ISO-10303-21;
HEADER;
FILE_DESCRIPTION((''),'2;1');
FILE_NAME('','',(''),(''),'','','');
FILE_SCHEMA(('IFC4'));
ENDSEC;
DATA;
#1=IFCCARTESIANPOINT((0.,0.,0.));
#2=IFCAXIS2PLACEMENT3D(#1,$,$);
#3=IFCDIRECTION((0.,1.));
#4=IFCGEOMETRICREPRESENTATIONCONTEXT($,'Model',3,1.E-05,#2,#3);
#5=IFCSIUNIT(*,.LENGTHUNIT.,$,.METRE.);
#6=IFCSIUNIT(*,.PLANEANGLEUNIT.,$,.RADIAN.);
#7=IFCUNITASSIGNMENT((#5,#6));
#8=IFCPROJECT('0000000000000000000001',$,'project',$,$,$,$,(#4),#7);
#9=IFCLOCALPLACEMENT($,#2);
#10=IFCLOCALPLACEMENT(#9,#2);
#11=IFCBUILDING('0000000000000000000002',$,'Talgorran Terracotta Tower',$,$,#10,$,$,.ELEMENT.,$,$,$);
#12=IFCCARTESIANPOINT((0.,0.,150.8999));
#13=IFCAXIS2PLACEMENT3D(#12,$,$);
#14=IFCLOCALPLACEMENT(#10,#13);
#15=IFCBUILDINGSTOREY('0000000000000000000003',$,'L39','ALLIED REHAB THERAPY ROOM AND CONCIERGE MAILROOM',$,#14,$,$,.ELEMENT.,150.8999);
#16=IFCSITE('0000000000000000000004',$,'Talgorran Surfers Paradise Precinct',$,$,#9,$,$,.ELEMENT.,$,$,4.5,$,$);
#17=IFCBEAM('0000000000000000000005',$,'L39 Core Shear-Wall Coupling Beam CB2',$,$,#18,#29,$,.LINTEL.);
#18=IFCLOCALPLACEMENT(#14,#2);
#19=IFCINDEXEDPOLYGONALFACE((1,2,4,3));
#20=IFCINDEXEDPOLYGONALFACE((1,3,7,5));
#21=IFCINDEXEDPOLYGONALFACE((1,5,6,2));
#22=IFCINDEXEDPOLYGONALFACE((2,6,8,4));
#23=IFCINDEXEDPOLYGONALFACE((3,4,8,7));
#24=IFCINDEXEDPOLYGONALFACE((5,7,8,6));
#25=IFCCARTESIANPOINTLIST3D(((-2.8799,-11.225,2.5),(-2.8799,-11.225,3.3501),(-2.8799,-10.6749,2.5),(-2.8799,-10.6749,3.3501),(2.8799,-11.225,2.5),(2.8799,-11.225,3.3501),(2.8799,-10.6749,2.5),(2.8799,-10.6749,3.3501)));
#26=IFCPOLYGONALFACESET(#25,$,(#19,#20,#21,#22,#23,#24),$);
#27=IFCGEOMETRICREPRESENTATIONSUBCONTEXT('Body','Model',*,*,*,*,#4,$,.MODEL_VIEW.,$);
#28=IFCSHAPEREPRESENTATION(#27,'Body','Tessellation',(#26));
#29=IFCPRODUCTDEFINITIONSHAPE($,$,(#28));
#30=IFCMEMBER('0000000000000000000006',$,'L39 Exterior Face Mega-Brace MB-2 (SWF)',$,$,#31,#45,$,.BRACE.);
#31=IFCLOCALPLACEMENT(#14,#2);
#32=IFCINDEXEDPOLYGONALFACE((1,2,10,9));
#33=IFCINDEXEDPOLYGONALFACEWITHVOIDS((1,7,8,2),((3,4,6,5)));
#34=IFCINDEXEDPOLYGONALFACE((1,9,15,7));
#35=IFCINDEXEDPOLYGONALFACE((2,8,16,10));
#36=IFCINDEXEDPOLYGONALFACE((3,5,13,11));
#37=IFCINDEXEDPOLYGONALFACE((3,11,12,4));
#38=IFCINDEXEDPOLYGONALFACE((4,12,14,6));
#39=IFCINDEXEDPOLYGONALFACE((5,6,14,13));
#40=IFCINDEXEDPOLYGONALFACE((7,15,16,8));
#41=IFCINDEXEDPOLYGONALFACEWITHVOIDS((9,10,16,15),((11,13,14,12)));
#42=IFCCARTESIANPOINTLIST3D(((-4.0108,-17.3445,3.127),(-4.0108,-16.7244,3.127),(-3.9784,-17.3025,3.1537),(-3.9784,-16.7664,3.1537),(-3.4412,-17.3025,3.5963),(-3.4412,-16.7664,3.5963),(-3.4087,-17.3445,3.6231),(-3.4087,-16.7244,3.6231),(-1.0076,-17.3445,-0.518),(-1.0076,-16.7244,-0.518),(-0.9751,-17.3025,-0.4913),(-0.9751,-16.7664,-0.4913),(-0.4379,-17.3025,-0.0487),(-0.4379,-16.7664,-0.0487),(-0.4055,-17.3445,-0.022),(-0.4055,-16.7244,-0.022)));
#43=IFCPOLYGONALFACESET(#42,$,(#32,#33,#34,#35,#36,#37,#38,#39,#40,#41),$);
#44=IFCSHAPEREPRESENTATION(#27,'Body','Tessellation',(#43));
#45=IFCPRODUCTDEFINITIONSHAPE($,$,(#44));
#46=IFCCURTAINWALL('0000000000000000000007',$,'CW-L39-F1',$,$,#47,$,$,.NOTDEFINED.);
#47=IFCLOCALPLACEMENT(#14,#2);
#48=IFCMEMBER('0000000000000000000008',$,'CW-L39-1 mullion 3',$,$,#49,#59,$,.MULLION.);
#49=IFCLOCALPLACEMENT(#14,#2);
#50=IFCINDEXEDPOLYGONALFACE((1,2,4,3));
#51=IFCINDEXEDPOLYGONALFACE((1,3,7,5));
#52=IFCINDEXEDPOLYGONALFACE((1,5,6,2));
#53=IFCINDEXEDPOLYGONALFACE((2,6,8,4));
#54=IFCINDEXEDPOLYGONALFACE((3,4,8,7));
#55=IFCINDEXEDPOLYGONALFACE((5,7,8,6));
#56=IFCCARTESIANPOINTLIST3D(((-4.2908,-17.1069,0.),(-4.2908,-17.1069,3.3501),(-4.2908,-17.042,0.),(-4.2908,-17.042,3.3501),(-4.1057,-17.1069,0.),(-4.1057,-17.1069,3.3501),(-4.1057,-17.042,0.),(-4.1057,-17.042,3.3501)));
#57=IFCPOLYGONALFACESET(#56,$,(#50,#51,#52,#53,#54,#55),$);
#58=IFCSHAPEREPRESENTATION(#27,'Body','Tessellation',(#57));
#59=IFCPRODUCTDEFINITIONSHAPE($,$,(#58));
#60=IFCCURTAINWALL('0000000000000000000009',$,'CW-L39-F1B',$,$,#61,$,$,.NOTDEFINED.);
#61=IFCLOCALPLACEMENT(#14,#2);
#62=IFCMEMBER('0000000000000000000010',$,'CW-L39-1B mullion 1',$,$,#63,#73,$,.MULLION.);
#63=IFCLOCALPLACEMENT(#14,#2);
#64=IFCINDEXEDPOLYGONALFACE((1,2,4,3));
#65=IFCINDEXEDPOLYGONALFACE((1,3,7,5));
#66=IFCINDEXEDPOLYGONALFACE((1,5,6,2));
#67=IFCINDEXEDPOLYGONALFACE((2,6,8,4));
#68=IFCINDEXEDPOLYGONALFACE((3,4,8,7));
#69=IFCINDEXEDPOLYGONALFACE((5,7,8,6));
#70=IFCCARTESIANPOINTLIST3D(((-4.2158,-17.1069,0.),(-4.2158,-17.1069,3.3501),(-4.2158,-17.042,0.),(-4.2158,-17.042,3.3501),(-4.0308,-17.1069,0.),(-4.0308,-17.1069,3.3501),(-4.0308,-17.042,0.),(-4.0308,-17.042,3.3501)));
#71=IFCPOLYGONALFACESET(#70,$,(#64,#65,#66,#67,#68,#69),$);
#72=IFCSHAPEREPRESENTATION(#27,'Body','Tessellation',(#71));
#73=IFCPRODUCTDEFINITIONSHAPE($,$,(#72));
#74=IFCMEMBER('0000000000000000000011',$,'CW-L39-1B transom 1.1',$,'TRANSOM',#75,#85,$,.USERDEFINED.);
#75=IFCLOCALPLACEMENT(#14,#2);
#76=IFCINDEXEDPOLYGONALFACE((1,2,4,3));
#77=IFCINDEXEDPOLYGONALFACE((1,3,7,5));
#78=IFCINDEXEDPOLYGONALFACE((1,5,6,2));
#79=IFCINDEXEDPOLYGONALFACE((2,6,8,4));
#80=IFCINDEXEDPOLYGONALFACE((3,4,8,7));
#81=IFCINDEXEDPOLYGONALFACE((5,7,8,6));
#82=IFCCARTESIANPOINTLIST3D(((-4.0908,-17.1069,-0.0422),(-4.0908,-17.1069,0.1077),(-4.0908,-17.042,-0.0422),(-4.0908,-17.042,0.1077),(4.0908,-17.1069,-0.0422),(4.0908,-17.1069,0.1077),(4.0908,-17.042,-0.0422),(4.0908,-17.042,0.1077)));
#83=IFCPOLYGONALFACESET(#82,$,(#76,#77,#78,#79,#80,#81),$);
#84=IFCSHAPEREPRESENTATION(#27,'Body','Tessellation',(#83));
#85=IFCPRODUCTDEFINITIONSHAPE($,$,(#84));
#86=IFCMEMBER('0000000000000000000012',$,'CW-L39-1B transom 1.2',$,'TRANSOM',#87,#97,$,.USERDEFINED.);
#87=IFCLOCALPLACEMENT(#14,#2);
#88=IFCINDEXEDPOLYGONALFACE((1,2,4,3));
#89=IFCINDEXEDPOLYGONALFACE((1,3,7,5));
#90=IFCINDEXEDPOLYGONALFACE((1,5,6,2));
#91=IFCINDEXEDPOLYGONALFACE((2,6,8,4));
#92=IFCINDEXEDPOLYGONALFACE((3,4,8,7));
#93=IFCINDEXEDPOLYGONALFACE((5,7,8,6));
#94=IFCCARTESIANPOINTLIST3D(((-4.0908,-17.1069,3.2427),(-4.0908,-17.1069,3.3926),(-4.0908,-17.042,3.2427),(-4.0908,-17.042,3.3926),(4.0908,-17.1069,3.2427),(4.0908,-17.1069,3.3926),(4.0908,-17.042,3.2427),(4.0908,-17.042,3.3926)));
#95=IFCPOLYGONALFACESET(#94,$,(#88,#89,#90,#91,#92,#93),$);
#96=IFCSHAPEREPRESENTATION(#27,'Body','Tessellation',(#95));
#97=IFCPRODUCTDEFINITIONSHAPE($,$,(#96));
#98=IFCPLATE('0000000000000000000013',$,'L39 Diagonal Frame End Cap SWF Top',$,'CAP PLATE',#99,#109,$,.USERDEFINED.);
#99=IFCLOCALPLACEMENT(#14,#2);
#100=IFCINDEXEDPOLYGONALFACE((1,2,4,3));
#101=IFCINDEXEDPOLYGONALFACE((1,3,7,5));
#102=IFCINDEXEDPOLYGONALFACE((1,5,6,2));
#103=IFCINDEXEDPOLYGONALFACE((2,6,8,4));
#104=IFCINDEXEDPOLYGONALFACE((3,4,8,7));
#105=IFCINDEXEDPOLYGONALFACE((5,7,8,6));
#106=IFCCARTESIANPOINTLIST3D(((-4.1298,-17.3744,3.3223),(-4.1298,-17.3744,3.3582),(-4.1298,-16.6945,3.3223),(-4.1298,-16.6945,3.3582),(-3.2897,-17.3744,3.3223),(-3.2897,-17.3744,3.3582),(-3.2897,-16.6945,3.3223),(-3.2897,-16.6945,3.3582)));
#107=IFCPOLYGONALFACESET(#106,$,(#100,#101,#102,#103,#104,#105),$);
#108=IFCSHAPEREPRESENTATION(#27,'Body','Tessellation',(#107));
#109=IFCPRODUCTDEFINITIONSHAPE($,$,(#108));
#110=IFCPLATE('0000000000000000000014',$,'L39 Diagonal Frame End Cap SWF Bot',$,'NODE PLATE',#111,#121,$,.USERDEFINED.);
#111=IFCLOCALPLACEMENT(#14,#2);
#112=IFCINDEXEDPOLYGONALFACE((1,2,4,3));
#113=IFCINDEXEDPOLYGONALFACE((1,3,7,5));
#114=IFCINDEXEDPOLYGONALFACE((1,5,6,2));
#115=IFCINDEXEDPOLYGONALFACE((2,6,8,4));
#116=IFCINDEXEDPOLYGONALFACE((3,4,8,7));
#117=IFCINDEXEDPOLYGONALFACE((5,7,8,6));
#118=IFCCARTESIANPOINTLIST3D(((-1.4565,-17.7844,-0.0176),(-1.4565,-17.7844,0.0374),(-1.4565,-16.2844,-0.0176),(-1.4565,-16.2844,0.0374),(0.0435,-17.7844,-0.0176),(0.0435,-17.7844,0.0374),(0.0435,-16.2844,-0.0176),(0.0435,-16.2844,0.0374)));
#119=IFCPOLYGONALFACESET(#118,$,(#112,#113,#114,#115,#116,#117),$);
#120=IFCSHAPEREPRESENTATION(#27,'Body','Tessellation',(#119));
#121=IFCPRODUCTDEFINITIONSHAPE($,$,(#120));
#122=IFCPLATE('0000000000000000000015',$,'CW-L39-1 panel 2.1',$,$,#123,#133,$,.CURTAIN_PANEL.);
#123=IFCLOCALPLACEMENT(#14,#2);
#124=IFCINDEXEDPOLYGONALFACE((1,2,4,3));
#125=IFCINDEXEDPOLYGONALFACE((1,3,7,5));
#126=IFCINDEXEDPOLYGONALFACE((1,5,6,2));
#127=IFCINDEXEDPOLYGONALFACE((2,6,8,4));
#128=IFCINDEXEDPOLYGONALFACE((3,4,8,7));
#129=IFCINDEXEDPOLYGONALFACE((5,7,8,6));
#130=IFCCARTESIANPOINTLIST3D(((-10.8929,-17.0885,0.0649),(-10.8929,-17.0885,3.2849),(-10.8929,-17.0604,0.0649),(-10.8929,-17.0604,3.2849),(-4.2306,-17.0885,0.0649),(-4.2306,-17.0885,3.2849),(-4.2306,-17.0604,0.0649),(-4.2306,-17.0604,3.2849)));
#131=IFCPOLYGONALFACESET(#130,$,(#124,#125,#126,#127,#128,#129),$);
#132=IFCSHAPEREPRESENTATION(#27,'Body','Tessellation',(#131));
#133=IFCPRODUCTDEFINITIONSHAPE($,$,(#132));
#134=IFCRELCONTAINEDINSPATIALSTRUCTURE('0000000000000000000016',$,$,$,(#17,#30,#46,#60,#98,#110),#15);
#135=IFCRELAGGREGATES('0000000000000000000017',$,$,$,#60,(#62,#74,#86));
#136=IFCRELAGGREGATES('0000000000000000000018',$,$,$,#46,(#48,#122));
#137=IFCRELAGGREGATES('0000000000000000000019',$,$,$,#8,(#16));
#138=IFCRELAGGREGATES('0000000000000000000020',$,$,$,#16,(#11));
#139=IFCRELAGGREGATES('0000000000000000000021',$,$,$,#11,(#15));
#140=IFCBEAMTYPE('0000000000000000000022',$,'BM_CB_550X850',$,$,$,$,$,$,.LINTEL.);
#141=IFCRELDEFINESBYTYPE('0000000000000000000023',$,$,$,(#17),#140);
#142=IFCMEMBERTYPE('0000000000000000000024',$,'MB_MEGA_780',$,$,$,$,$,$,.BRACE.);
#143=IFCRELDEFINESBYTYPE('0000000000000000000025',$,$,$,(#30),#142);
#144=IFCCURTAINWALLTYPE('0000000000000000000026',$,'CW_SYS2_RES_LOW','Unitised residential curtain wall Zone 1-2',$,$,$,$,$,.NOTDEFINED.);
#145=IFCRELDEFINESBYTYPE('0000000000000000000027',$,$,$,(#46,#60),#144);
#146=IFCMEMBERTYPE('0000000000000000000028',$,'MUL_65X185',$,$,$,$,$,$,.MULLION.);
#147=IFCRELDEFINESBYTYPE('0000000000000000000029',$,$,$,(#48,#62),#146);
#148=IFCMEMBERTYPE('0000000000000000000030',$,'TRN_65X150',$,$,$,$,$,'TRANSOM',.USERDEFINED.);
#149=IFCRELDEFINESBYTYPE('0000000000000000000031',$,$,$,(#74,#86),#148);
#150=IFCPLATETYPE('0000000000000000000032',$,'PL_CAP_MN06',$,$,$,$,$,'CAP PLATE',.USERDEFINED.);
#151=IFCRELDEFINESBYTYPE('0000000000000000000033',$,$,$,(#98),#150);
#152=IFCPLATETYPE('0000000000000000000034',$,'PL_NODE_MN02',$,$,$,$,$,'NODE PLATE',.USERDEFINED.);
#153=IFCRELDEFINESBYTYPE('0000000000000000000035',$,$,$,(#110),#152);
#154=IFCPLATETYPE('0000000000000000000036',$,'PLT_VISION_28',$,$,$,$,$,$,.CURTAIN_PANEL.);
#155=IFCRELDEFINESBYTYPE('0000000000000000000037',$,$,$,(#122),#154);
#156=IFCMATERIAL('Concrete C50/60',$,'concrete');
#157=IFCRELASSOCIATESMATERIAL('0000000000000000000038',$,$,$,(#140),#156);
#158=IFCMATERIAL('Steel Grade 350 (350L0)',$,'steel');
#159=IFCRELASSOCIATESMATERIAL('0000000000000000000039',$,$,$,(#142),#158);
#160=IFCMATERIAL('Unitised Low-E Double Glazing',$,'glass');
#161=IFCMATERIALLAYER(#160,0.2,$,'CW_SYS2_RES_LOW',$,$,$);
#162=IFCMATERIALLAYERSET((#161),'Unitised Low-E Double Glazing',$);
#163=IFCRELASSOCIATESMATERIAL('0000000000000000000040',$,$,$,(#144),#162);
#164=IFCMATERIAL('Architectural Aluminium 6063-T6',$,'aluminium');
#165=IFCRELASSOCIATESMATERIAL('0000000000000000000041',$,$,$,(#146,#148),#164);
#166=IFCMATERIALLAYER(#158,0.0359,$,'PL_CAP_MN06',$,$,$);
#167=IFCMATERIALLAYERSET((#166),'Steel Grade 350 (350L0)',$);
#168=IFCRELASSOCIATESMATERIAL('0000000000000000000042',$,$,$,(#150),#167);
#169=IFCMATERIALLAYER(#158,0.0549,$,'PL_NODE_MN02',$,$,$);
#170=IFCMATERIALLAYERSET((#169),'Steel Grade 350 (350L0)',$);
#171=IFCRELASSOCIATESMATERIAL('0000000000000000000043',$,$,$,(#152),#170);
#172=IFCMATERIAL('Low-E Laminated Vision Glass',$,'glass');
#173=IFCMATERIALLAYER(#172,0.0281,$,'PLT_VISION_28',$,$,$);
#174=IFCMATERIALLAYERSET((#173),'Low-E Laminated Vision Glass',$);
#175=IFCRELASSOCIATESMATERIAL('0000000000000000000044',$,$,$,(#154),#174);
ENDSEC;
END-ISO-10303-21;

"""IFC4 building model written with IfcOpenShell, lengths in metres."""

from ifc_helpers import new_model, si_unit, direction, frame, origin, origin_2d, place, context, subcontext, project, spatial, rectangle, hollow_rectangle, extrude, source, transform, mapped, material, layer, layer_set, material_profile, profile_set, type_object, type_shapes, element, aggregate, save


model = new_model("IFC4")

# Units and contexts
model_context = context("Model", 3, precision=1e-05, world=origin(), true_north=direction((0.0, 1.0)))
body_context = subcontext(model_context, "Body", "Model", "MODEL_VIEW")
ifc_project = project(units=[si_unit("LENGTHUNIT", "METRE"), si_unit("PLANEANGLEUNIT", "RADIAN")], contexts=[model_context])

# Site, building, storey
site_placement = place(None, origin())
site = spatial("IfcSite", under=ifc_project, at=site_placement, Name="Talgorran Surfers Paradise Precinct", CompositionType="ELEMENT", RefElevation=4.5)
building_placement = place(site_placement, origin())
building = spatial("IfcBuilding", under=site, at=building_placement, Name="Talgorran Terracotta Tower", CompositionType="ELEMENT")
storey_placement = place(building_placement, frame((0.0, 0.0, 150.8999)))
storey = spatial("IfcBuildingStorey", under=building, at=storey_placement, Name="L39", Description="ALLIED REHAB THERAPY ROOM AND CONCIERGE MAILROOM", CompositionType="ELEMENT", Elevation=150.8999)

# Beam
ifc_material_1 = material(Name="Concrete C50/60", Category="concrete")
ifc_material_profile_1 = material_profile(ifc_material_1, rectangle(XDim=0.55, YDim=0.8501, at=origin_2d()), Name="RCCB550X850")
ifc_profile_set_1 = profile_set([ifc_material_profile_1], Name="Concrete C50/60")
beam_type = type_object("IfcBeamType", Name="BM_CB_550X850", PredefinedType="LINTEL", material=ifc_profile_set_1)
beam_placement = place(storey_placement, frame((-2.8799, -10.95, 2.925), z_axis=(1.0, 0.0, 0.0), x_axis=(0.0, 1.0, 0.0)))
element("IfcBeam", 1, at=beam_placement, inside=storey, type_object=beam_type, Name="L39 Core Shear-Wall Coupling Beam CB2", PredefinedType="LINTEL", context=body_context, shape_type="SweptSolid", body=[
    extrude(rectangle(XDim=0.55, YDim=0.8501, at=origin_2d()), origin(), (0.0, 0.0, 1.0), 5.7598),
])

# Member
ifc_material_2 = material(Name="Steel Grade 350 (350L0)", Category="steel")
ifc_material_profile_2 = material_profile(ifc_material_2, hollow_rectangle(XDim=0.6201, YDim=0.78, WallThickness=0.042, at=origin_2d()), Name="WBOX780X620X42")
ifc_profile_set_2 = profile_set([ifc_material_profile_2], Name="Steel Grade 350 (350L0)")
member_type_1 = type_object("IfcMemberType", Name="MB_MEGA_780", PredefinedType="BRACE", material=ifc_profile_set_2)
member_1_placement = place(storey_placement, frame((-0.7065, -17.0344, -0.27), z_axis=(-0.635883, 0.0, 0.771785), x_axis=(0.0, -1.0, 0.0)))
element("IfcMember", 2, at=member_1_placement, inside=storey, type_object=member_type_1, Name="L39 Exterior Face Mega-Brace MB-2 (SWF)", PredefinedType="BRACE", context=body_context, shape_type="SweptSolid", body=[
    extrude(hollow_rectangle(XDim=0.6201, YDim=0.78, WallThickness=0.042, at=origin_2d()), origin(), (0.0, 0.0, 1.0), 4.7229),
])

# Curtain wall, member
ifc_material_3 = material(Name="Unitised Low-E Double Glazing", Category="glass")
ifc_layer_1 = layer(ifc_material_3, 0.2, Name="CW_SYS2_RES_LOW")
ifc_layer_set_1 = layer_set([ifc_layer_1], Name="Unitised Low-E Double Glazing")
curtain_wall_type = type_object("IfcCurtainWallType", Name="CW_SYS2_RES_LOW", Description="Unitised residential curtain wall Zone 1-2", PredefinedType="NOTDEFINED", material=ifc_layer_set_1)
curtain_wall_1_placement = place(storey_placement, origin())
curtain_wall_1 = element("IfcCurtainWall", 3, at=curtain_wall_1_placement, inside=storey, type_object=curtain_wall_type, Name="CW-L39-F1", PredefinedType="NOTDEFINED")
ifc_material_4 = material(Name="Architectural Aluminium 6063-T6", Category="aluminium")
ifc_material_profile_3 = material_profile(ifc_material_4, rectangle(XDim=0.0649, YDim=0.1851, at=origin_2d()), Name="CWM65X185")
ifc_profile_set_3 = profile_set([ifc_material_profile_3], Name="Architectural Aluminium 6063-T6")
member_type_2 = type_object("IfcMemberType", Name="MUL_65X185", PredefinedType="MULLION", material=ifc_profile_set_3)
member_2_placement = place(storey_placement, frame((-4.1982, -17.0745, 0.0), z_axis=(0.0, 0.0, 1.0), x_axis=(0.0, 1.0, 0.0)))
member_2 = element("IfcMember", 4, at=member_2_placement, type_object=member_type_2, Name="CW-L39-1 mullion 3", PredefinedType="MULLION", context=body_context, shape_type="SweptSolid", body=[
    extrude(rectangle(XDim=0.0649, YDim=0.1851, at=origin_2d()), origin(), (0.0, 0.0, 1.0), 3.3501),
])

# Curtain wall, members
curtain_wall_2_placement = place(storey_placement, origin())
curtain_wall_2 = element("IfcCurtainWall", 5, at=curtain_wall_2_placement, inside=storey, type_object=curtain_wall_type, Name="CW-L39-F1B", PredefinedType="NOTDEFINED")
member_3_placement = place(storey_placement, frame((-4.1233, -17.0745, 0.0), z_axis=(0.0, 0.0, 1.0), x_axis=(0.0, 1.0, 0.0)))
member_3 = element("IfcMember", 6, at=member_3_placement, type_object=member_type_2, Name="CW-L39-1B mullion 1", PredefinedType="MULLION", context=body_context, shape_type="SweptSolid", body=[
    extrude(rectangle(XDim=0.0649, YDim=0.1851, at=origin_2d()), origin(), (0.0, 0.0, 1.0), 3.3501),
])
ifc_material_profile_4 = material_profile(ifc_material_4, rectangle(XDim=0.0649, YDim=0.1499, at=origin_2d()), Name="CWT65X150")
ifc_profile_set_4 = profile_set([ifc_material_profile_4], Name="Architectural Aluminium 6063-T6")
member_type_3 = type_object("IfcMemberType", Name="TRN_65X150", ElementType="TRANSOM", PredefinedType="USERDEFINED", material=ifc_profile_set_4)
member_4_placement = place(storey_placement, frame((-4.0908, -17.0745, 0.0327), z_axis=(1.0, 0.0, 0.0), x_axis=(0.0, 1.0, 0.0)))
member_4 = element("IfcMember", 7, at=member_4_placement, type_object=member_type_3, Name="CW-L39-1B transom 1.1", ObjectType="TRANSOM", PredefinedType="USERDEFINED", context=body_context, shape_type="SweptSolid", body=[
    extrude(rectangle(XDim=0.0649, YDim=0.1499, at=origin_2d()), origin(), (0.0, 0.0, 1.0), 8.1816),
])
member_5_placement = place(storey_placement, frame((-4.0908, -17.0745, 3.3176), z_axis=(1.0, 0.0, 0.0), x_axis=(0.0, 1.0, 0.0)))
member_5 = element("IfcMember", 8, at=member_5_placement, type_object=member_type_3, Name="CW-L39-1B transom 1.2", ObjectType="TRANSOM", PredefinedType="USERDEFINED", context=body_context, shape_type="SweptSolid", body=[
    extrude(rectangle(XDim=0.0649, YDim=0.1499, at=origin_2d()), origin(), (0.0, 0.0, 1.0), 8.1816),
])
aggregate(curtain_wall_2, [member_3, member_4, member_5])

# Plates
ifc_layer_2 = layer(ifc_material_2, 0.0359, Name="PL_CAP_MN06")
ifc_layer_set_2 = layer_set([ifc_layer_2], Name="Steel Grade 350 (350L0)")
plate_type_1 = type_object("IfcPlateType", Name="PL_CAP_MN06", ElementType="CAP PLATE", PredefinedType="USERDEFINED", material=ifc_layer_set_2)
plate_1_placement = place(storey_placement, frame((-3.7097, -17.0344, 3.3223), z_axis=(0.0, 0.0, 1.0), x_axis=(-1.0, 0.0, 0.0)))
element("IfcPlate", 9, at=plate_1_placement, inside=storey, type_object=plate_type_1, Name="L39 Diagonal Frame End Cap SWF Top", ObjectType="CAP PLATE", PredefinedType="USERDEFINED", context=body_context, shape_type="SweptSolid", body=[
    extrude(rectangle(XDim=0.8401, YDim=0.6799, at=origin_2d()), origin(), (0.0, 0.0, 1.0), 0.0359),
])
ifc_layer_3 = layer(ifc_material_2, 0.0549, Name="PL_NODE_MN02")
ifc_layer_set_3 = layer_set([ifc_layer_3], Name="Steel Grade 350 (350L0)")
plate_type_2 = type_object("IfcPlateType", Name="PL_NODE_MN02", ElementType="NODE PLATE", PredefinedType="USERDEFINED", material=ifc_layer_set_3)
plate_2_placement = place(storey_placement, frame((-0.7065, -17.0344, -0.0176), z_axis=(0.0, 0.0, 1.0), x_axis=(-1.0, 0.0, 0.0)))
element("IfcPlate", 10, at=plate_2_placement, inside=storey, type_object=plate_type_2, Name="L39 Diagonal Frame End Cap SWF Bot", ObjectType="NODE PLATE", PredefinedType="USERDEFINED", context=body_context, shape_type="SweptSolid", body=[
    extrude(rectangle(XDim=1.5, YDim=1.5, at=origin_2d()), origin(), (0.0, 0.0, 1.0), 0.0549),
])

# Plate
ifc_material_5 = material(Name="Low-E Laminated Vision Glass", Category="glass")
ifc_layer_4 = layer(ifc_material_5, 0.0281, Name="PLT_VISION_28")
ifc_layer_set_4 = layer_set([ifc_layer_4], Name="Low-E Laminated Vision Glass")
plate_type_3 = type_object("IfcPlateType", Name="PLT_VISION_28", PredefinedType="CURTAIN_PANEL", material=ifc_layer_set_4)
shared_shape = source(origin(), body_context, "Body", "SweptSolid", [
    extrude(rectangle(XDim=6.6624, YDim=0.0281, at=origin_2d()), origin(), (0.0, 0.0, 1.0), 3.22),
])
type_shapes(plate_type_3, [shared_shape])
plate_3_placement = place(storey_placement, frame((-7.5618, -17.0745, 0.0649), z_axis=(0.0, 0.0, 1.0), x_axis=(1.0, 0.0, 0.0)))
plate_3 = element("IfcPlate", 11, at=plate_3_placement, type_object=plate_type_3, Name="CW-L39-1 panel 2.1", PredefinedType="CURTAIN_PANEL", context=body_context, shape_type="MappedRepresentation", body=[
    mapped(shared_shape, transform((0.0, 0.0, 0.0), scale=1.0)),
])
aggregate(curtain_wall_1, [member_2, plate_3])

save(model, "model.ifc")
